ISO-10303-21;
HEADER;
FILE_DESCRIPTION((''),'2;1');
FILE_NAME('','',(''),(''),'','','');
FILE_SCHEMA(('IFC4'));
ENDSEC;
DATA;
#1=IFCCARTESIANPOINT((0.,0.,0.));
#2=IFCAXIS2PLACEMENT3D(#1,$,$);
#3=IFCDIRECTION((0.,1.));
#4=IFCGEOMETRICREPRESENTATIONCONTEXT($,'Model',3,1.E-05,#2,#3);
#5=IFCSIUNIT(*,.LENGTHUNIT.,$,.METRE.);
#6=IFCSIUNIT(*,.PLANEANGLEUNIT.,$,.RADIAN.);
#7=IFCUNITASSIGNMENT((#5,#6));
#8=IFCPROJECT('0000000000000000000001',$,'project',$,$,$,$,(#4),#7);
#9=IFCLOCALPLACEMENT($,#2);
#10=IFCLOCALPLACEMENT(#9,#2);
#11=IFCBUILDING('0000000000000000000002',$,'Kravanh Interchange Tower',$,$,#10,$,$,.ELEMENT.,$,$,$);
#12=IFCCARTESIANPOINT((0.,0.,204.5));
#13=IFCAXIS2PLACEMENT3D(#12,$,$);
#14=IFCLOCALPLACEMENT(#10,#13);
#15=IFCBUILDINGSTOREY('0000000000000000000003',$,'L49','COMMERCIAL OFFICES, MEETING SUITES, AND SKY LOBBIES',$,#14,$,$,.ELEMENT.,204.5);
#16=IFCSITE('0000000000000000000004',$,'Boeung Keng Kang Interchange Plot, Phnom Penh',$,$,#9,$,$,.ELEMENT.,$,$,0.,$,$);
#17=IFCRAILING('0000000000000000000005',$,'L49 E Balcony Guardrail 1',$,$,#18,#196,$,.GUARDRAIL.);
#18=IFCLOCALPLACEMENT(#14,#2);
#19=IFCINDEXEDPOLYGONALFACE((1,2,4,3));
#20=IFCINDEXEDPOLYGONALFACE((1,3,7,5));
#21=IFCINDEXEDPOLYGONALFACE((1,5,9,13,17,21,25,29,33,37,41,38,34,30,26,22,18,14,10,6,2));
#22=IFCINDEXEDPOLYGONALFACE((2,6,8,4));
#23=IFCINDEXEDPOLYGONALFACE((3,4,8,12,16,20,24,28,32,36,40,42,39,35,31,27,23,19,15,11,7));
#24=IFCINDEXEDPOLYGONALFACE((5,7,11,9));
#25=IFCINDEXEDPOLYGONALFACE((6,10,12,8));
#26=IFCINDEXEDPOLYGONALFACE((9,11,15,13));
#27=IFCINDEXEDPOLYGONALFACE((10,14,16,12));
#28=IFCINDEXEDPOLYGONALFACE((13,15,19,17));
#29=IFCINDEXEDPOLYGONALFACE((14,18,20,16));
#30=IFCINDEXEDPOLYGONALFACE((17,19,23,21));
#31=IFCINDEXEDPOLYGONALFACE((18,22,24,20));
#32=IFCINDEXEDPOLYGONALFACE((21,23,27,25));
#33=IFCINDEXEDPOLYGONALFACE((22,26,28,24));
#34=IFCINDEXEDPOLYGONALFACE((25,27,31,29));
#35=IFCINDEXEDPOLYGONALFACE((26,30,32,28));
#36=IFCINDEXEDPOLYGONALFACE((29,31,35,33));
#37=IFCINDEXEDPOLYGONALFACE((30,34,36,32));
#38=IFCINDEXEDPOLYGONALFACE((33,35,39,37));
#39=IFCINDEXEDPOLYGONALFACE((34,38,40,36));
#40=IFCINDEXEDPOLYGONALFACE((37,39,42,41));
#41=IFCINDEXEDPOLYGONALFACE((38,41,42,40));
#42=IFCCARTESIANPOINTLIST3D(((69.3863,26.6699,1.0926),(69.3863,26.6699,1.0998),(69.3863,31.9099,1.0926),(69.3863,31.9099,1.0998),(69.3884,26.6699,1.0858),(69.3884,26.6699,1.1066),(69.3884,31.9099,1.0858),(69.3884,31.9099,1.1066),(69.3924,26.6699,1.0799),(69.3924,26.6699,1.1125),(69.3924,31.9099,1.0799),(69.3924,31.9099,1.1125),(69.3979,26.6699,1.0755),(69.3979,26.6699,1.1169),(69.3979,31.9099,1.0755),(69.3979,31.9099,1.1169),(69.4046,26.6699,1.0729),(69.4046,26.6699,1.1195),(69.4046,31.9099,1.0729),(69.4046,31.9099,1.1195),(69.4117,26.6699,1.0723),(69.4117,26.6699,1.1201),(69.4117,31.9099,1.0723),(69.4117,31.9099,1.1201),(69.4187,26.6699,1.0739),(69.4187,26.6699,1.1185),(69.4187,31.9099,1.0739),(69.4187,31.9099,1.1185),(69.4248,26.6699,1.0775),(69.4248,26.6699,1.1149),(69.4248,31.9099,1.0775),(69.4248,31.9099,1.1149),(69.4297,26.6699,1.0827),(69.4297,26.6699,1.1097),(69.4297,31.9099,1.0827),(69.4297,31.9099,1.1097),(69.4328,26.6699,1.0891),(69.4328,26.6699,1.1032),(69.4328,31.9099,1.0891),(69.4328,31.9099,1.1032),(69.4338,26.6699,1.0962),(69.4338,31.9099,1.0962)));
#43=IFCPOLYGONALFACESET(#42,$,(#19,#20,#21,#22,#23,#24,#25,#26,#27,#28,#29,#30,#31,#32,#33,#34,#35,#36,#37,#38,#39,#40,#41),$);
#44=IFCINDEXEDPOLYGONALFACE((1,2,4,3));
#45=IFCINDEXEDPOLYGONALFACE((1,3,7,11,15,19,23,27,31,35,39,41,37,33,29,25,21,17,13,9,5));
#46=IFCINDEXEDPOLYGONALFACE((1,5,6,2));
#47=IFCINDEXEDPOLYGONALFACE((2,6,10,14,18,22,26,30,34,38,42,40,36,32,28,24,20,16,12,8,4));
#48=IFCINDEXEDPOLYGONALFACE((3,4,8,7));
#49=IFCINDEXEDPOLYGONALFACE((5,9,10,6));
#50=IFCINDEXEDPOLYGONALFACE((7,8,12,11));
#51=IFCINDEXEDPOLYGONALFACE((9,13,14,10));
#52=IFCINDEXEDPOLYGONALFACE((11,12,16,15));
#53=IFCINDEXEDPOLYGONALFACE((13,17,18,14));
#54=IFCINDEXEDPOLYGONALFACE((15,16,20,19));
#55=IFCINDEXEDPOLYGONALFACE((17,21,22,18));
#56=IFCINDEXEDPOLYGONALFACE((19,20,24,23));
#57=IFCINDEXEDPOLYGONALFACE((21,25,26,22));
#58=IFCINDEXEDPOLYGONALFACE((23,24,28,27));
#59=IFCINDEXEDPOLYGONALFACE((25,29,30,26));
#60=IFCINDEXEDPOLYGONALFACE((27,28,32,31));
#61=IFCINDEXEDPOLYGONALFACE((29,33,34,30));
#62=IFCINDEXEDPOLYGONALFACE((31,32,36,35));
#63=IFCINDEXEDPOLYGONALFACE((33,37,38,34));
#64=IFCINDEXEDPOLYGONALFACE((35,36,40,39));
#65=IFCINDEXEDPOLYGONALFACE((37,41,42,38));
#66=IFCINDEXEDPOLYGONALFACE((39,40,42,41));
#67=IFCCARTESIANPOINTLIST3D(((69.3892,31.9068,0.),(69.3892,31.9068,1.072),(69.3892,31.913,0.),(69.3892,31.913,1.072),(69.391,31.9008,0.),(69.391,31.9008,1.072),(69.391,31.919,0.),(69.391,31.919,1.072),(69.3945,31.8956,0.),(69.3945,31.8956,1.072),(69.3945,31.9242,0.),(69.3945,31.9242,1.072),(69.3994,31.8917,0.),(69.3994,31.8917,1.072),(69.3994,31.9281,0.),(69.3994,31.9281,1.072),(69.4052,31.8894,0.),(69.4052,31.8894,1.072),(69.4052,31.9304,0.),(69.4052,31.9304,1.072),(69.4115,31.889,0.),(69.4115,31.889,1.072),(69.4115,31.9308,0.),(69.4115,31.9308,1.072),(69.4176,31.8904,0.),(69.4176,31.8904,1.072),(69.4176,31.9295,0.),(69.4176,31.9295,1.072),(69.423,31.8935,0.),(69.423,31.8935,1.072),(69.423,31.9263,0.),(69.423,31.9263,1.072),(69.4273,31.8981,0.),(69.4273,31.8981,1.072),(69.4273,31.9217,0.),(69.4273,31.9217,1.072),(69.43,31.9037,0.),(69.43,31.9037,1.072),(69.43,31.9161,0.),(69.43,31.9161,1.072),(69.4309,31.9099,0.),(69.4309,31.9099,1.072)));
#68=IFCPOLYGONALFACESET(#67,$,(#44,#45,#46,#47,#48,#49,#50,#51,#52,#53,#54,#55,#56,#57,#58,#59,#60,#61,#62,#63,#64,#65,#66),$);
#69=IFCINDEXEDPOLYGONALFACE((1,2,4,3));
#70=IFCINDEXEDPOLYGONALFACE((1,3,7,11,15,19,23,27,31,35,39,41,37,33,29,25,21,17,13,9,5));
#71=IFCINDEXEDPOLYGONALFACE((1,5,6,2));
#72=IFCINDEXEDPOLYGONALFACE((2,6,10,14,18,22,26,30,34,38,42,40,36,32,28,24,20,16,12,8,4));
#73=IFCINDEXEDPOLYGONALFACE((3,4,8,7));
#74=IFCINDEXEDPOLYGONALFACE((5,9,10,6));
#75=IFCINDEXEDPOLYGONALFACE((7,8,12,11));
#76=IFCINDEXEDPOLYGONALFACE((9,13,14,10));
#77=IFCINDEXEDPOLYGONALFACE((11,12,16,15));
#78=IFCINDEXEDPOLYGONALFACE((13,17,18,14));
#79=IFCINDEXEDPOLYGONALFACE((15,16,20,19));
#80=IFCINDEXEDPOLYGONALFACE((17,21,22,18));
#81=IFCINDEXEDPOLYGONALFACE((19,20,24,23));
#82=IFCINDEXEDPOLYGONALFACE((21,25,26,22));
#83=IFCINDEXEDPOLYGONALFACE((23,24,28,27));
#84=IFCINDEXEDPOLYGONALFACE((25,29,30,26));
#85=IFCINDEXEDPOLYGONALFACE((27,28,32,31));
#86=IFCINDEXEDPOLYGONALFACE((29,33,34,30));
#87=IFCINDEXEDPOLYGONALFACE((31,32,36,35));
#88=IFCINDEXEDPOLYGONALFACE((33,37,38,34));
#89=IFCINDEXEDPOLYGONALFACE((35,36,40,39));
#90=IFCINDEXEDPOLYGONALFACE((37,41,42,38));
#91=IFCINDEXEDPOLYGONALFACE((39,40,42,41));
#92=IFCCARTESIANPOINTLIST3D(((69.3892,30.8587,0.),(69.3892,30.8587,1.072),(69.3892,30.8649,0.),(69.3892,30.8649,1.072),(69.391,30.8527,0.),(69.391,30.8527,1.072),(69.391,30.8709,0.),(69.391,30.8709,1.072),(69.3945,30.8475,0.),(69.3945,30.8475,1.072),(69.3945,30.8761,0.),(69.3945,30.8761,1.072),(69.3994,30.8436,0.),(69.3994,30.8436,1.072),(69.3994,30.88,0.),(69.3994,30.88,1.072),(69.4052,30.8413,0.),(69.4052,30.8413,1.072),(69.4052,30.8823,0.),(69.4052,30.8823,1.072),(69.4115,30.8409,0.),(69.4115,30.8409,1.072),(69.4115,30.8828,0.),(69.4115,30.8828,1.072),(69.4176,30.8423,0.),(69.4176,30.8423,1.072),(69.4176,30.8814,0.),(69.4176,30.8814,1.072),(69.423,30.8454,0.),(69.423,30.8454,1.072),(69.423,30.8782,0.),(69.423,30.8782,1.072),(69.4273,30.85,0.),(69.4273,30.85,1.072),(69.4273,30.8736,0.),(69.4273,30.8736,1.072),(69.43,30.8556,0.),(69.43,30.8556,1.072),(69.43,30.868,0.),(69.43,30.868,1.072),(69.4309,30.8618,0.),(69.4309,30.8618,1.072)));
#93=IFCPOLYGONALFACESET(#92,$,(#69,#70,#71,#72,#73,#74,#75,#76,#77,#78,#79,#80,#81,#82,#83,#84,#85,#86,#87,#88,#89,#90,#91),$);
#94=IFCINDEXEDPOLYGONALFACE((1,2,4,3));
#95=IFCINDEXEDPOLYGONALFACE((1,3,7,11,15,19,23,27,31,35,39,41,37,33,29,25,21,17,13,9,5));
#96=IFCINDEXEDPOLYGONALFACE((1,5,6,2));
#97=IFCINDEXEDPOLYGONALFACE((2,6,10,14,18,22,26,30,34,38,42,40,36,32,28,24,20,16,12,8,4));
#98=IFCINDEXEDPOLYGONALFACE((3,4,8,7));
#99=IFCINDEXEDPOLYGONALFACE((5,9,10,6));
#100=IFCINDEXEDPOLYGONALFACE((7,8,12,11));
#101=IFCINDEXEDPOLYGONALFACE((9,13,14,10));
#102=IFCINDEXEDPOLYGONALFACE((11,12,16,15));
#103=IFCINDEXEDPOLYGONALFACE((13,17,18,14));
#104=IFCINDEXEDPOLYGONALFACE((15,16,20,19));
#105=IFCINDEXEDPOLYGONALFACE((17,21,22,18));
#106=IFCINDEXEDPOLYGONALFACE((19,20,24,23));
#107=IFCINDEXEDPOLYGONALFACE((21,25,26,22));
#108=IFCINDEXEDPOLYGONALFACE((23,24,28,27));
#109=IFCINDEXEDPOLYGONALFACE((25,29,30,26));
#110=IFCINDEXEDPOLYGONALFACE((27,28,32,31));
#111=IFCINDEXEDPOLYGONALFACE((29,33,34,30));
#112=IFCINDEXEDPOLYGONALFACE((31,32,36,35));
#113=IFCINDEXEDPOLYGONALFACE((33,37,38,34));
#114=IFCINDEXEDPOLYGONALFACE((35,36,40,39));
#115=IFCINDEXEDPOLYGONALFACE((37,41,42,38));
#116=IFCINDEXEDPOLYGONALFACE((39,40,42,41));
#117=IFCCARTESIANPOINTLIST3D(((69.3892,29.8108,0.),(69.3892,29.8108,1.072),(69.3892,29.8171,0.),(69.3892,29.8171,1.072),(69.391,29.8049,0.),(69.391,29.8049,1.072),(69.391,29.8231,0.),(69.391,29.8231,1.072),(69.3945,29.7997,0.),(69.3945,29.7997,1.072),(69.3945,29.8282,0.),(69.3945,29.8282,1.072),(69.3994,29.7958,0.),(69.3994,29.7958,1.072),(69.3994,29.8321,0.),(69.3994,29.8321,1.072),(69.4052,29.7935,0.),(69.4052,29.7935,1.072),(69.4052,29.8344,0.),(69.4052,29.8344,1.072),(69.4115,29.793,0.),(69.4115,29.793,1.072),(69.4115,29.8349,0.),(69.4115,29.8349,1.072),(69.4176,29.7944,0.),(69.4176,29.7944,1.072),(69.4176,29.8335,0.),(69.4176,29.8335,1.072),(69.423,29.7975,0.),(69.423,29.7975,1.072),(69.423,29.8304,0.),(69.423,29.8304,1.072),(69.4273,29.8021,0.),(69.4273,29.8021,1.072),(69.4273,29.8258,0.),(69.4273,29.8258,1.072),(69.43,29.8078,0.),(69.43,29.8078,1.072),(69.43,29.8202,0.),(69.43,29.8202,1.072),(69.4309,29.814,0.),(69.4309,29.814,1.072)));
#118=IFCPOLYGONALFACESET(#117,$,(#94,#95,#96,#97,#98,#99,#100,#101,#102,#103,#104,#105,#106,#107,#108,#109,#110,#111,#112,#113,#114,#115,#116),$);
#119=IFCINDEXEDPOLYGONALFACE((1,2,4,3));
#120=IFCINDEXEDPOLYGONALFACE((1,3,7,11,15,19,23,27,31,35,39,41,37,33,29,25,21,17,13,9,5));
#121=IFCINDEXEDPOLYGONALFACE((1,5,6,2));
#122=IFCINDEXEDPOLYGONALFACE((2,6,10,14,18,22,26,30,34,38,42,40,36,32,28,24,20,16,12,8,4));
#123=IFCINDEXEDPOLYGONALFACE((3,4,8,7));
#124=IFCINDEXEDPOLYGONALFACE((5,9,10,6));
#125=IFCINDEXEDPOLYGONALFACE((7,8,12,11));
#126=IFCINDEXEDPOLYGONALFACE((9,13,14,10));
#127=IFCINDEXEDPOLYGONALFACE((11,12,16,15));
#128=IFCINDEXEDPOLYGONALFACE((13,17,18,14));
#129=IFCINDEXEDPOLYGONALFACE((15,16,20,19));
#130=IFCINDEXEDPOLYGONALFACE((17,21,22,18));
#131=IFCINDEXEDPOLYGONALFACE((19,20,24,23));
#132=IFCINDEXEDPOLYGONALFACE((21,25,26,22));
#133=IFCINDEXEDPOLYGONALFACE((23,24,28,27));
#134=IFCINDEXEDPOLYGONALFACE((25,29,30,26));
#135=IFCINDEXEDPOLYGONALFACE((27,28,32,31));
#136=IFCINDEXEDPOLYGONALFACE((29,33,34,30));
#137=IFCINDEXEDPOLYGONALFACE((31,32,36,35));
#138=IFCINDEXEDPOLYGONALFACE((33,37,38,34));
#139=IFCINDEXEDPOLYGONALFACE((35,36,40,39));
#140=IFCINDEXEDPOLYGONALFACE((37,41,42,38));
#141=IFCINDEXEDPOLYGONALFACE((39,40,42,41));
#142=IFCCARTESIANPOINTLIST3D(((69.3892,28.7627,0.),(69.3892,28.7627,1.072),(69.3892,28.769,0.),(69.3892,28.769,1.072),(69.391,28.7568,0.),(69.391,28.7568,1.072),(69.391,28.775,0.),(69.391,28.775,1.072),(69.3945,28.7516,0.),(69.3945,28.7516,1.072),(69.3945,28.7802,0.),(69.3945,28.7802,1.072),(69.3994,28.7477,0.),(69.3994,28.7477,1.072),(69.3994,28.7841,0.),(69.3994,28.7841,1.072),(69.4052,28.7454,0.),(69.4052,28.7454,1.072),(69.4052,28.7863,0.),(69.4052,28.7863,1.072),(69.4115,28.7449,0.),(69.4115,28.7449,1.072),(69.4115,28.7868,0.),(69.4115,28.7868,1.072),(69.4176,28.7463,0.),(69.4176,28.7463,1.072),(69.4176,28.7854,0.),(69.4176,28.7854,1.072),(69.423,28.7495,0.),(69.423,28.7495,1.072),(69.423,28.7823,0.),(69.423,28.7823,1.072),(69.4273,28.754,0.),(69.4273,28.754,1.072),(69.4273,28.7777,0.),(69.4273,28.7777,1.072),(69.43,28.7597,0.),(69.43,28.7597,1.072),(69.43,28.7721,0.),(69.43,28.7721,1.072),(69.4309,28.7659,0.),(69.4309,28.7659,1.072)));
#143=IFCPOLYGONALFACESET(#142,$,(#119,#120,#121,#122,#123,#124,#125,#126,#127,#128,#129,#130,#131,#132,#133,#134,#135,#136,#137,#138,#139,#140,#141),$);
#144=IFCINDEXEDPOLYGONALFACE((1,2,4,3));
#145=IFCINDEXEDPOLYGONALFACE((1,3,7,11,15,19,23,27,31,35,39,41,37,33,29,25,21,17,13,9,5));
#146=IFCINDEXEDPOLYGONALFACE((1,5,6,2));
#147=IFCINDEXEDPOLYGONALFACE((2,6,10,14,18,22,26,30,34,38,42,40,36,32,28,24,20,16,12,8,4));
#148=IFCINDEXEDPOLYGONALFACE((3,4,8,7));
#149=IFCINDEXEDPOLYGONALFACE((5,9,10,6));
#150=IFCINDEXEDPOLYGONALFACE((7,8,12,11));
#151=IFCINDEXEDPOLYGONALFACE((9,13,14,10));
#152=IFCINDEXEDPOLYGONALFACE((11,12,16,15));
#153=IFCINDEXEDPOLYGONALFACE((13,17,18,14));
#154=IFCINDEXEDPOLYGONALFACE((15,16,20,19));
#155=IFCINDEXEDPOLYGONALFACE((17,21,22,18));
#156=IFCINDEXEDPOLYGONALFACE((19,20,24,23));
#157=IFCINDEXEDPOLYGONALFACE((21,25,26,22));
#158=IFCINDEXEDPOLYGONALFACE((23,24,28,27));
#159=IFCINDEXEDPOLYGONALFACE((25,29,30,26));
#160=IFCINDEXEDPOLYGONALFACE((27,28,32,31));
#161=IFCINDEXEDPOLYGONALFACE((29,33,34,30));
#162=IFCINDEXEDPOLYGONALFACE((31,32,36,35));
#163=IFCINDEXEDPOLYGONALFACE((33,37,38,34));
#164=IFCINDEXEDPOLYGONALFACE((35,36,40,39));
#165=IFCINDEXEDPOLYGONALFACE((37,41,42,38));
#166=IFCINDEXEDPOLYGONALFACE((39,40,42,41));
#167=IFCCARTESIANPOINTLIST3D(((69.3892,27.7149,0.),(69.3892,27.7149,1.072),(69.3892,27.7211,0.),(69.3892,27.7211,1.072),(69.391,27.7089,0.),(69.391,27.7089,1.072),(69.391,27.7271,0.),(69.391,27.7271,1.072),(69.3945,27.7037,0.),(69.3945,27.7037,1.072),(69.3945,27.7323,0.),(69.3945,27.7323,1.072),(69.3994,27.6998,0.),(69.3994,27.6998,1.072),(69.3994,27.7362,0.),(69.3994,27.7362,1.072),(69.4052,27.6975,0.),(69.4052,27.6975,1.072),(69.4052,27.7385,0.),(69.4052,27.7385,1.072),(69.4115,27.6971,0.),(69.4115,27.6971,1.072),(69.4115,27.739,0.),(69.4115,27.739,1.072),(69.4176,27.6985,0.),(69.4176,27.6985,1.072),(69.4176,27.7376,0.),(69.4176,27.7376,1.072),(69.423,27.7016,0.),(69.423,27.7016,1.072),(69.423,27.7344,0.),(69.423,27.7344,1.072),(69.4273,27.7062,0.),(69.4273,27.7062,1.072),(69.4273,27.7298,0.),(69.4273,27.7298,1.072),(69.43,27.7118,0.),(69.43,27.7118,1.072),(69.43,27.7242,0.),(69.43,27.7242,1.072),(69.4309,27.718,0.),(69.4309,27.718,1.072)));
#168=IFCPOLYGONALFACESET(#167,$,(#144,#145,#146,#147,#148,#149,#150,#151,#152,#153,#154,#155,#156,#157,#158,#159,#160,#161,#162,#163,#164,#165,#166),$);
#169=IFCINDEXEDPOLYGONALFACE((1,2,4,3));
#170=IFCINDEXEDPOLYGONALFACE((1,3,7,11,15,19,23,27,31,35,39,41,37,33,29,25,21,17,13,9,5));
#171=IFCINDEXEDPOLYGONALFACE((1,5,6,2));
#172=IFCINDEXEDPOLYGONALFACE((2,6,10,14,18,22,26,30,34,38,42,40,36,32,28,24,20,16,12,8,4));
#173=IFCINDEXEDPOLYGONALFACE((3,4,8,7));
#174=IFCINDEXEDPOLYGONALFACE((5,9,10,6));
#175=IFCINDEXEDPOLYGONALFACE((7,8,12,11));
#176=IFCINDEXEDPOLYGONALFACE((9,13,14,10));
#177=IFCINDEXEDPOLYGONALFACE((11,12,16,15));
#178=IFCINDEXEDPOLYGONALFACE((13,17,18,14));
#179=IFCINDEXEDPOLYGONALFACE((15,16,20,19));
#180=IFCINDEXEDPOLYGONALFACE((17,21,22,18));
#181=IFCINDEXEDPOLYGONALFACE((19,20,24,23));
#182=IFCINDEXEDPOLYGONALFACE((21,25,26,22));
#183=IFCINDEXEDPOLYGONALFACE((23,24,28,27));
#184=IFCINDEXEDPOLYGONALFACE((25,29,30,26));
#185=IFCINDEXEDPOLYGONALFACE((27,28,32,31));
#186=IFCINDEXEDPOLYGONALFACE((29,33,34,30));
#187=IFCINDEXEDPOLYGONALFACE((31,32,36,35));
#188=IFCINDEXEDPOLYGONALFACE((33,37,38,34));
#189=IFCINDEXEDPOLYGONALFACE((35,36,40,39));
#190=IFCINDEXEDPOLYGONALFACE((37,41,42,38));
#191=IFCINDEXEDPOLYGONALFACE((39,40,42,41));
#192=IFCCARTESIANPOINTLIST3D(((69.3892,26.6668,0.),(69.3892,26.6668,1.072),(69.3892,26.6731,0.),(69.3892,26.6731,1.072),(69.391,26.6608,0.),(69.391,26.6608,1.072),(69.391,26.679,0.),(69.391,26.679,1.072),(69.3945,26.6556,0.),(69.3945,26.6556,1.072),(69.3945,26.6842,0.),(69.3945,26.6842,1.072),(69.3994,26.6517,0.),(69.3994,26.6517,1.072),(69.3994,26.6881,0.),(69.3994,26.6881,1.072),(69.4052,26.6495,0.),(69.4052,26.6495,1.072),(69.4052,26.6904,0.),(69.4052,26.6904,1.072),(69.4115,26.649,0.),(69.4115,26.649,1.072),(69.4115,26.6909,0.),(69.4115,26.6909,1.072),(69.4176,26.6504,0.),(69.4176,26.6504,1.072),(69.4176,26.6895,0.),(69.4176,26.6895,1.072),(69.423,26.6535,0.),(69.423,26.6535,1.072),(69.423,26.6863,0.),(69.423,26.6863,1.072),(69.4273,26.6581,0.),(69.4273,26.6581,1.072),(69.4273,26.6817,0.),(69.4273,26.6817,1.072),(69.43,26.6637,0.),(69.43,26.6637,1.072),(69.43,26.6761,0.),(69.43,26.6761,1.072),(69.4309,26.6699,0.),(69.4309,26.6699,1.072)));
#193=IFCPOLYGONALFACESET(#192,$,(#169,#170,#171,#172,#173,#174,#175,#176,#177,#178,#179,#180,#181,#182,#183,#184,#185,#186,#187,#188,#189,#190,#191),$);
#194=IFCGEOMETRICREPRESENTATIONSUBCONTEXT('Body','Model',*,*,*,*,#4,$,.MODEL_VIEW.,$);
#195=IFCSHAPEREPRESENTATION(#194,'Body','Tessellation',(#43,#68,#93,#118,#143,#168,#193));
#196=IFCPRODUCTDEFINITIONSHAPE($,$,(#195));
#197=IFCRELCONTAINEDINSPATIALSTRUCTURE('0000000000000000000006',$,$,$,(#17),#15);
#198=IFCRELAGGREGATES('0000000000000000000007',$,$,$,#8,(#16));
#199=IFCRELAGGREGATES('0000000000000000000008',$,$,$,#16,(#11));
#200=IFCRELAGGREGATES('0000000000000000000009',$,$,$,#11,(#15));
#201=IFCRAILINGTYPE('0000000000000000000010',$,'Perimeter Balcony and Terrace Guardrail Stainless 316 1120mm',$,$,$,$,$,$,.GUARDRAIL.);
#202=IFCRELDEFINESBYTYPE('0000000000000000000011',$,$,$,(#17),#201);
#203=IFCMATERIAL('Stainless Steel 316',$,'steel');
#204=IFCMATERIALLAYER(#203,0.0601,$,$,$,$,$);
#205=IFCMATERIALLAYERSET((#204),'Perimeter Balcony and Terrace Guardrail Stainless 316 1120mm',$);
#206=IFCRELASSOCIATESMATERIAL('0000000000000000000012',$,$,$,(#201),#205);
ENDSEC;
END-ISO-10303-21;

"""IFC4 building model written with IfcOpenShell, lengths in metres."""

from ifc_helpers import new_model, si_unit, direction, frame, origin, origin_2d, place, context, subcontext, project, spatial, circle, extrude, material, layer, layer_set, type_object, element, save


model = new_model("IFC4")

# Units and contexts
model_context = context("Model", 3, precision=1e-05, world=origin(), true_north=direction((0.0, 1.0)))
body_context = subcontext(model_context, "Body", "Model", "MODEL_VIEW")
ifc_project = project(units=[si_unit("LENGTHUNIT", "METRE"), si_unit("PLANEANGLEUNIT", "RADIAN")], contexts=[model_context])

# Site, building, storey
site_placement = place(None, origin())
site = spatial("IfcSite", under=ifc_project, at=site_placement, Name="Boeung Keng Kang Interchange Plot, Phnom Penh", CompositionType="ELEMENT", RefElevation=0.0)
building_placement = place(site_placement, origin())
building = spatial("IfcBuilding", under=site, at=building_placement, Name="Kravanh Interchange Tower", CompositionType="ELEMENT")
storey_placement = place(building_placement, frame((0.0, 0.0, 204.5)))
storey = spatial("IfcBuildingStorey", under=building, at=storey_placement, Name="L49", Description="COMMERCIAL OFFICES, MEETING SUITES, AND SKY LOBBIES", CompositionType="ELEMENT", Elevation=204.5)

# Railing
ifc_material_1 = material(Name="Stainless Steel 316", Category="steel")
ifc_layer_1 = layer(ifc_material_1, 0.0601)
ifc_layer_set_1 = layer_set([ifc_layer_1], Name="Perimeter Balcony and Terrace Guardrail Stainless 316 1120mm")
railing_type_1 = type_object("IfcRailingType", Name="Perimeter Balcony and Terrace Guardrail Stainless 316 1120mm", PredefinedType="GUARDRAIL", material=ifc_layer_set_1)
railing_1_placement = place(storey_placement, frame((69.4099, 31.9099, 0.0)))
element("IfcRailing", 1, at=railing_1_placement, inside=storey, type_object=railing_type_1, Name="L49 E Balcony Guardrail 1", PredefinedType="GUARDRAIL", context=body_context, shape_type="SweptSolid", body=[
    extrude(circle(Radius=0.0239, at=origin_2d()), frame((0.0, 0.0, 1.0962), z_axis=(0.0, -1.0, 0.0), x_axis=(1.0, 0.0, 0.0)), (0.0, 0.0, 1.0), 5.24),
    extrude(circle(Radius=0.021, at=origin_2d()), origin(), (0.0, 0.0, 1.0), 1.072),
    extrude(circle(Radius=0.021, at=origin_2d()), frame((0.0, -1.0481, 0.0)), (0.0, 0.0, 1.0), 1.072),
    extrude(circle(Radius=0.021, at=origin_2d()), frame((0.0, -2.0959, 0.0)), (0.0, 0.0, 1.0), 1.072),
    extrude(circle(Radius=0.021, at=origin_2d()), frame((0.0, -3.144, 0.0)), (0.0, 0.0, 1.0), 1.072),
    extrude(circle(Radius=0.021, at=origin_2d()), frame((0.0, -4.1919, 0.0)), (0.0, 0.0, 1.0), 1.072),
    extrude(circle(Radius=0.021, at=origin_2d()), frame((0.0, -5.24, 0.0)), (0.0, 0.0, 1.0), 1.072),
])

save(model, "model.ifc")
